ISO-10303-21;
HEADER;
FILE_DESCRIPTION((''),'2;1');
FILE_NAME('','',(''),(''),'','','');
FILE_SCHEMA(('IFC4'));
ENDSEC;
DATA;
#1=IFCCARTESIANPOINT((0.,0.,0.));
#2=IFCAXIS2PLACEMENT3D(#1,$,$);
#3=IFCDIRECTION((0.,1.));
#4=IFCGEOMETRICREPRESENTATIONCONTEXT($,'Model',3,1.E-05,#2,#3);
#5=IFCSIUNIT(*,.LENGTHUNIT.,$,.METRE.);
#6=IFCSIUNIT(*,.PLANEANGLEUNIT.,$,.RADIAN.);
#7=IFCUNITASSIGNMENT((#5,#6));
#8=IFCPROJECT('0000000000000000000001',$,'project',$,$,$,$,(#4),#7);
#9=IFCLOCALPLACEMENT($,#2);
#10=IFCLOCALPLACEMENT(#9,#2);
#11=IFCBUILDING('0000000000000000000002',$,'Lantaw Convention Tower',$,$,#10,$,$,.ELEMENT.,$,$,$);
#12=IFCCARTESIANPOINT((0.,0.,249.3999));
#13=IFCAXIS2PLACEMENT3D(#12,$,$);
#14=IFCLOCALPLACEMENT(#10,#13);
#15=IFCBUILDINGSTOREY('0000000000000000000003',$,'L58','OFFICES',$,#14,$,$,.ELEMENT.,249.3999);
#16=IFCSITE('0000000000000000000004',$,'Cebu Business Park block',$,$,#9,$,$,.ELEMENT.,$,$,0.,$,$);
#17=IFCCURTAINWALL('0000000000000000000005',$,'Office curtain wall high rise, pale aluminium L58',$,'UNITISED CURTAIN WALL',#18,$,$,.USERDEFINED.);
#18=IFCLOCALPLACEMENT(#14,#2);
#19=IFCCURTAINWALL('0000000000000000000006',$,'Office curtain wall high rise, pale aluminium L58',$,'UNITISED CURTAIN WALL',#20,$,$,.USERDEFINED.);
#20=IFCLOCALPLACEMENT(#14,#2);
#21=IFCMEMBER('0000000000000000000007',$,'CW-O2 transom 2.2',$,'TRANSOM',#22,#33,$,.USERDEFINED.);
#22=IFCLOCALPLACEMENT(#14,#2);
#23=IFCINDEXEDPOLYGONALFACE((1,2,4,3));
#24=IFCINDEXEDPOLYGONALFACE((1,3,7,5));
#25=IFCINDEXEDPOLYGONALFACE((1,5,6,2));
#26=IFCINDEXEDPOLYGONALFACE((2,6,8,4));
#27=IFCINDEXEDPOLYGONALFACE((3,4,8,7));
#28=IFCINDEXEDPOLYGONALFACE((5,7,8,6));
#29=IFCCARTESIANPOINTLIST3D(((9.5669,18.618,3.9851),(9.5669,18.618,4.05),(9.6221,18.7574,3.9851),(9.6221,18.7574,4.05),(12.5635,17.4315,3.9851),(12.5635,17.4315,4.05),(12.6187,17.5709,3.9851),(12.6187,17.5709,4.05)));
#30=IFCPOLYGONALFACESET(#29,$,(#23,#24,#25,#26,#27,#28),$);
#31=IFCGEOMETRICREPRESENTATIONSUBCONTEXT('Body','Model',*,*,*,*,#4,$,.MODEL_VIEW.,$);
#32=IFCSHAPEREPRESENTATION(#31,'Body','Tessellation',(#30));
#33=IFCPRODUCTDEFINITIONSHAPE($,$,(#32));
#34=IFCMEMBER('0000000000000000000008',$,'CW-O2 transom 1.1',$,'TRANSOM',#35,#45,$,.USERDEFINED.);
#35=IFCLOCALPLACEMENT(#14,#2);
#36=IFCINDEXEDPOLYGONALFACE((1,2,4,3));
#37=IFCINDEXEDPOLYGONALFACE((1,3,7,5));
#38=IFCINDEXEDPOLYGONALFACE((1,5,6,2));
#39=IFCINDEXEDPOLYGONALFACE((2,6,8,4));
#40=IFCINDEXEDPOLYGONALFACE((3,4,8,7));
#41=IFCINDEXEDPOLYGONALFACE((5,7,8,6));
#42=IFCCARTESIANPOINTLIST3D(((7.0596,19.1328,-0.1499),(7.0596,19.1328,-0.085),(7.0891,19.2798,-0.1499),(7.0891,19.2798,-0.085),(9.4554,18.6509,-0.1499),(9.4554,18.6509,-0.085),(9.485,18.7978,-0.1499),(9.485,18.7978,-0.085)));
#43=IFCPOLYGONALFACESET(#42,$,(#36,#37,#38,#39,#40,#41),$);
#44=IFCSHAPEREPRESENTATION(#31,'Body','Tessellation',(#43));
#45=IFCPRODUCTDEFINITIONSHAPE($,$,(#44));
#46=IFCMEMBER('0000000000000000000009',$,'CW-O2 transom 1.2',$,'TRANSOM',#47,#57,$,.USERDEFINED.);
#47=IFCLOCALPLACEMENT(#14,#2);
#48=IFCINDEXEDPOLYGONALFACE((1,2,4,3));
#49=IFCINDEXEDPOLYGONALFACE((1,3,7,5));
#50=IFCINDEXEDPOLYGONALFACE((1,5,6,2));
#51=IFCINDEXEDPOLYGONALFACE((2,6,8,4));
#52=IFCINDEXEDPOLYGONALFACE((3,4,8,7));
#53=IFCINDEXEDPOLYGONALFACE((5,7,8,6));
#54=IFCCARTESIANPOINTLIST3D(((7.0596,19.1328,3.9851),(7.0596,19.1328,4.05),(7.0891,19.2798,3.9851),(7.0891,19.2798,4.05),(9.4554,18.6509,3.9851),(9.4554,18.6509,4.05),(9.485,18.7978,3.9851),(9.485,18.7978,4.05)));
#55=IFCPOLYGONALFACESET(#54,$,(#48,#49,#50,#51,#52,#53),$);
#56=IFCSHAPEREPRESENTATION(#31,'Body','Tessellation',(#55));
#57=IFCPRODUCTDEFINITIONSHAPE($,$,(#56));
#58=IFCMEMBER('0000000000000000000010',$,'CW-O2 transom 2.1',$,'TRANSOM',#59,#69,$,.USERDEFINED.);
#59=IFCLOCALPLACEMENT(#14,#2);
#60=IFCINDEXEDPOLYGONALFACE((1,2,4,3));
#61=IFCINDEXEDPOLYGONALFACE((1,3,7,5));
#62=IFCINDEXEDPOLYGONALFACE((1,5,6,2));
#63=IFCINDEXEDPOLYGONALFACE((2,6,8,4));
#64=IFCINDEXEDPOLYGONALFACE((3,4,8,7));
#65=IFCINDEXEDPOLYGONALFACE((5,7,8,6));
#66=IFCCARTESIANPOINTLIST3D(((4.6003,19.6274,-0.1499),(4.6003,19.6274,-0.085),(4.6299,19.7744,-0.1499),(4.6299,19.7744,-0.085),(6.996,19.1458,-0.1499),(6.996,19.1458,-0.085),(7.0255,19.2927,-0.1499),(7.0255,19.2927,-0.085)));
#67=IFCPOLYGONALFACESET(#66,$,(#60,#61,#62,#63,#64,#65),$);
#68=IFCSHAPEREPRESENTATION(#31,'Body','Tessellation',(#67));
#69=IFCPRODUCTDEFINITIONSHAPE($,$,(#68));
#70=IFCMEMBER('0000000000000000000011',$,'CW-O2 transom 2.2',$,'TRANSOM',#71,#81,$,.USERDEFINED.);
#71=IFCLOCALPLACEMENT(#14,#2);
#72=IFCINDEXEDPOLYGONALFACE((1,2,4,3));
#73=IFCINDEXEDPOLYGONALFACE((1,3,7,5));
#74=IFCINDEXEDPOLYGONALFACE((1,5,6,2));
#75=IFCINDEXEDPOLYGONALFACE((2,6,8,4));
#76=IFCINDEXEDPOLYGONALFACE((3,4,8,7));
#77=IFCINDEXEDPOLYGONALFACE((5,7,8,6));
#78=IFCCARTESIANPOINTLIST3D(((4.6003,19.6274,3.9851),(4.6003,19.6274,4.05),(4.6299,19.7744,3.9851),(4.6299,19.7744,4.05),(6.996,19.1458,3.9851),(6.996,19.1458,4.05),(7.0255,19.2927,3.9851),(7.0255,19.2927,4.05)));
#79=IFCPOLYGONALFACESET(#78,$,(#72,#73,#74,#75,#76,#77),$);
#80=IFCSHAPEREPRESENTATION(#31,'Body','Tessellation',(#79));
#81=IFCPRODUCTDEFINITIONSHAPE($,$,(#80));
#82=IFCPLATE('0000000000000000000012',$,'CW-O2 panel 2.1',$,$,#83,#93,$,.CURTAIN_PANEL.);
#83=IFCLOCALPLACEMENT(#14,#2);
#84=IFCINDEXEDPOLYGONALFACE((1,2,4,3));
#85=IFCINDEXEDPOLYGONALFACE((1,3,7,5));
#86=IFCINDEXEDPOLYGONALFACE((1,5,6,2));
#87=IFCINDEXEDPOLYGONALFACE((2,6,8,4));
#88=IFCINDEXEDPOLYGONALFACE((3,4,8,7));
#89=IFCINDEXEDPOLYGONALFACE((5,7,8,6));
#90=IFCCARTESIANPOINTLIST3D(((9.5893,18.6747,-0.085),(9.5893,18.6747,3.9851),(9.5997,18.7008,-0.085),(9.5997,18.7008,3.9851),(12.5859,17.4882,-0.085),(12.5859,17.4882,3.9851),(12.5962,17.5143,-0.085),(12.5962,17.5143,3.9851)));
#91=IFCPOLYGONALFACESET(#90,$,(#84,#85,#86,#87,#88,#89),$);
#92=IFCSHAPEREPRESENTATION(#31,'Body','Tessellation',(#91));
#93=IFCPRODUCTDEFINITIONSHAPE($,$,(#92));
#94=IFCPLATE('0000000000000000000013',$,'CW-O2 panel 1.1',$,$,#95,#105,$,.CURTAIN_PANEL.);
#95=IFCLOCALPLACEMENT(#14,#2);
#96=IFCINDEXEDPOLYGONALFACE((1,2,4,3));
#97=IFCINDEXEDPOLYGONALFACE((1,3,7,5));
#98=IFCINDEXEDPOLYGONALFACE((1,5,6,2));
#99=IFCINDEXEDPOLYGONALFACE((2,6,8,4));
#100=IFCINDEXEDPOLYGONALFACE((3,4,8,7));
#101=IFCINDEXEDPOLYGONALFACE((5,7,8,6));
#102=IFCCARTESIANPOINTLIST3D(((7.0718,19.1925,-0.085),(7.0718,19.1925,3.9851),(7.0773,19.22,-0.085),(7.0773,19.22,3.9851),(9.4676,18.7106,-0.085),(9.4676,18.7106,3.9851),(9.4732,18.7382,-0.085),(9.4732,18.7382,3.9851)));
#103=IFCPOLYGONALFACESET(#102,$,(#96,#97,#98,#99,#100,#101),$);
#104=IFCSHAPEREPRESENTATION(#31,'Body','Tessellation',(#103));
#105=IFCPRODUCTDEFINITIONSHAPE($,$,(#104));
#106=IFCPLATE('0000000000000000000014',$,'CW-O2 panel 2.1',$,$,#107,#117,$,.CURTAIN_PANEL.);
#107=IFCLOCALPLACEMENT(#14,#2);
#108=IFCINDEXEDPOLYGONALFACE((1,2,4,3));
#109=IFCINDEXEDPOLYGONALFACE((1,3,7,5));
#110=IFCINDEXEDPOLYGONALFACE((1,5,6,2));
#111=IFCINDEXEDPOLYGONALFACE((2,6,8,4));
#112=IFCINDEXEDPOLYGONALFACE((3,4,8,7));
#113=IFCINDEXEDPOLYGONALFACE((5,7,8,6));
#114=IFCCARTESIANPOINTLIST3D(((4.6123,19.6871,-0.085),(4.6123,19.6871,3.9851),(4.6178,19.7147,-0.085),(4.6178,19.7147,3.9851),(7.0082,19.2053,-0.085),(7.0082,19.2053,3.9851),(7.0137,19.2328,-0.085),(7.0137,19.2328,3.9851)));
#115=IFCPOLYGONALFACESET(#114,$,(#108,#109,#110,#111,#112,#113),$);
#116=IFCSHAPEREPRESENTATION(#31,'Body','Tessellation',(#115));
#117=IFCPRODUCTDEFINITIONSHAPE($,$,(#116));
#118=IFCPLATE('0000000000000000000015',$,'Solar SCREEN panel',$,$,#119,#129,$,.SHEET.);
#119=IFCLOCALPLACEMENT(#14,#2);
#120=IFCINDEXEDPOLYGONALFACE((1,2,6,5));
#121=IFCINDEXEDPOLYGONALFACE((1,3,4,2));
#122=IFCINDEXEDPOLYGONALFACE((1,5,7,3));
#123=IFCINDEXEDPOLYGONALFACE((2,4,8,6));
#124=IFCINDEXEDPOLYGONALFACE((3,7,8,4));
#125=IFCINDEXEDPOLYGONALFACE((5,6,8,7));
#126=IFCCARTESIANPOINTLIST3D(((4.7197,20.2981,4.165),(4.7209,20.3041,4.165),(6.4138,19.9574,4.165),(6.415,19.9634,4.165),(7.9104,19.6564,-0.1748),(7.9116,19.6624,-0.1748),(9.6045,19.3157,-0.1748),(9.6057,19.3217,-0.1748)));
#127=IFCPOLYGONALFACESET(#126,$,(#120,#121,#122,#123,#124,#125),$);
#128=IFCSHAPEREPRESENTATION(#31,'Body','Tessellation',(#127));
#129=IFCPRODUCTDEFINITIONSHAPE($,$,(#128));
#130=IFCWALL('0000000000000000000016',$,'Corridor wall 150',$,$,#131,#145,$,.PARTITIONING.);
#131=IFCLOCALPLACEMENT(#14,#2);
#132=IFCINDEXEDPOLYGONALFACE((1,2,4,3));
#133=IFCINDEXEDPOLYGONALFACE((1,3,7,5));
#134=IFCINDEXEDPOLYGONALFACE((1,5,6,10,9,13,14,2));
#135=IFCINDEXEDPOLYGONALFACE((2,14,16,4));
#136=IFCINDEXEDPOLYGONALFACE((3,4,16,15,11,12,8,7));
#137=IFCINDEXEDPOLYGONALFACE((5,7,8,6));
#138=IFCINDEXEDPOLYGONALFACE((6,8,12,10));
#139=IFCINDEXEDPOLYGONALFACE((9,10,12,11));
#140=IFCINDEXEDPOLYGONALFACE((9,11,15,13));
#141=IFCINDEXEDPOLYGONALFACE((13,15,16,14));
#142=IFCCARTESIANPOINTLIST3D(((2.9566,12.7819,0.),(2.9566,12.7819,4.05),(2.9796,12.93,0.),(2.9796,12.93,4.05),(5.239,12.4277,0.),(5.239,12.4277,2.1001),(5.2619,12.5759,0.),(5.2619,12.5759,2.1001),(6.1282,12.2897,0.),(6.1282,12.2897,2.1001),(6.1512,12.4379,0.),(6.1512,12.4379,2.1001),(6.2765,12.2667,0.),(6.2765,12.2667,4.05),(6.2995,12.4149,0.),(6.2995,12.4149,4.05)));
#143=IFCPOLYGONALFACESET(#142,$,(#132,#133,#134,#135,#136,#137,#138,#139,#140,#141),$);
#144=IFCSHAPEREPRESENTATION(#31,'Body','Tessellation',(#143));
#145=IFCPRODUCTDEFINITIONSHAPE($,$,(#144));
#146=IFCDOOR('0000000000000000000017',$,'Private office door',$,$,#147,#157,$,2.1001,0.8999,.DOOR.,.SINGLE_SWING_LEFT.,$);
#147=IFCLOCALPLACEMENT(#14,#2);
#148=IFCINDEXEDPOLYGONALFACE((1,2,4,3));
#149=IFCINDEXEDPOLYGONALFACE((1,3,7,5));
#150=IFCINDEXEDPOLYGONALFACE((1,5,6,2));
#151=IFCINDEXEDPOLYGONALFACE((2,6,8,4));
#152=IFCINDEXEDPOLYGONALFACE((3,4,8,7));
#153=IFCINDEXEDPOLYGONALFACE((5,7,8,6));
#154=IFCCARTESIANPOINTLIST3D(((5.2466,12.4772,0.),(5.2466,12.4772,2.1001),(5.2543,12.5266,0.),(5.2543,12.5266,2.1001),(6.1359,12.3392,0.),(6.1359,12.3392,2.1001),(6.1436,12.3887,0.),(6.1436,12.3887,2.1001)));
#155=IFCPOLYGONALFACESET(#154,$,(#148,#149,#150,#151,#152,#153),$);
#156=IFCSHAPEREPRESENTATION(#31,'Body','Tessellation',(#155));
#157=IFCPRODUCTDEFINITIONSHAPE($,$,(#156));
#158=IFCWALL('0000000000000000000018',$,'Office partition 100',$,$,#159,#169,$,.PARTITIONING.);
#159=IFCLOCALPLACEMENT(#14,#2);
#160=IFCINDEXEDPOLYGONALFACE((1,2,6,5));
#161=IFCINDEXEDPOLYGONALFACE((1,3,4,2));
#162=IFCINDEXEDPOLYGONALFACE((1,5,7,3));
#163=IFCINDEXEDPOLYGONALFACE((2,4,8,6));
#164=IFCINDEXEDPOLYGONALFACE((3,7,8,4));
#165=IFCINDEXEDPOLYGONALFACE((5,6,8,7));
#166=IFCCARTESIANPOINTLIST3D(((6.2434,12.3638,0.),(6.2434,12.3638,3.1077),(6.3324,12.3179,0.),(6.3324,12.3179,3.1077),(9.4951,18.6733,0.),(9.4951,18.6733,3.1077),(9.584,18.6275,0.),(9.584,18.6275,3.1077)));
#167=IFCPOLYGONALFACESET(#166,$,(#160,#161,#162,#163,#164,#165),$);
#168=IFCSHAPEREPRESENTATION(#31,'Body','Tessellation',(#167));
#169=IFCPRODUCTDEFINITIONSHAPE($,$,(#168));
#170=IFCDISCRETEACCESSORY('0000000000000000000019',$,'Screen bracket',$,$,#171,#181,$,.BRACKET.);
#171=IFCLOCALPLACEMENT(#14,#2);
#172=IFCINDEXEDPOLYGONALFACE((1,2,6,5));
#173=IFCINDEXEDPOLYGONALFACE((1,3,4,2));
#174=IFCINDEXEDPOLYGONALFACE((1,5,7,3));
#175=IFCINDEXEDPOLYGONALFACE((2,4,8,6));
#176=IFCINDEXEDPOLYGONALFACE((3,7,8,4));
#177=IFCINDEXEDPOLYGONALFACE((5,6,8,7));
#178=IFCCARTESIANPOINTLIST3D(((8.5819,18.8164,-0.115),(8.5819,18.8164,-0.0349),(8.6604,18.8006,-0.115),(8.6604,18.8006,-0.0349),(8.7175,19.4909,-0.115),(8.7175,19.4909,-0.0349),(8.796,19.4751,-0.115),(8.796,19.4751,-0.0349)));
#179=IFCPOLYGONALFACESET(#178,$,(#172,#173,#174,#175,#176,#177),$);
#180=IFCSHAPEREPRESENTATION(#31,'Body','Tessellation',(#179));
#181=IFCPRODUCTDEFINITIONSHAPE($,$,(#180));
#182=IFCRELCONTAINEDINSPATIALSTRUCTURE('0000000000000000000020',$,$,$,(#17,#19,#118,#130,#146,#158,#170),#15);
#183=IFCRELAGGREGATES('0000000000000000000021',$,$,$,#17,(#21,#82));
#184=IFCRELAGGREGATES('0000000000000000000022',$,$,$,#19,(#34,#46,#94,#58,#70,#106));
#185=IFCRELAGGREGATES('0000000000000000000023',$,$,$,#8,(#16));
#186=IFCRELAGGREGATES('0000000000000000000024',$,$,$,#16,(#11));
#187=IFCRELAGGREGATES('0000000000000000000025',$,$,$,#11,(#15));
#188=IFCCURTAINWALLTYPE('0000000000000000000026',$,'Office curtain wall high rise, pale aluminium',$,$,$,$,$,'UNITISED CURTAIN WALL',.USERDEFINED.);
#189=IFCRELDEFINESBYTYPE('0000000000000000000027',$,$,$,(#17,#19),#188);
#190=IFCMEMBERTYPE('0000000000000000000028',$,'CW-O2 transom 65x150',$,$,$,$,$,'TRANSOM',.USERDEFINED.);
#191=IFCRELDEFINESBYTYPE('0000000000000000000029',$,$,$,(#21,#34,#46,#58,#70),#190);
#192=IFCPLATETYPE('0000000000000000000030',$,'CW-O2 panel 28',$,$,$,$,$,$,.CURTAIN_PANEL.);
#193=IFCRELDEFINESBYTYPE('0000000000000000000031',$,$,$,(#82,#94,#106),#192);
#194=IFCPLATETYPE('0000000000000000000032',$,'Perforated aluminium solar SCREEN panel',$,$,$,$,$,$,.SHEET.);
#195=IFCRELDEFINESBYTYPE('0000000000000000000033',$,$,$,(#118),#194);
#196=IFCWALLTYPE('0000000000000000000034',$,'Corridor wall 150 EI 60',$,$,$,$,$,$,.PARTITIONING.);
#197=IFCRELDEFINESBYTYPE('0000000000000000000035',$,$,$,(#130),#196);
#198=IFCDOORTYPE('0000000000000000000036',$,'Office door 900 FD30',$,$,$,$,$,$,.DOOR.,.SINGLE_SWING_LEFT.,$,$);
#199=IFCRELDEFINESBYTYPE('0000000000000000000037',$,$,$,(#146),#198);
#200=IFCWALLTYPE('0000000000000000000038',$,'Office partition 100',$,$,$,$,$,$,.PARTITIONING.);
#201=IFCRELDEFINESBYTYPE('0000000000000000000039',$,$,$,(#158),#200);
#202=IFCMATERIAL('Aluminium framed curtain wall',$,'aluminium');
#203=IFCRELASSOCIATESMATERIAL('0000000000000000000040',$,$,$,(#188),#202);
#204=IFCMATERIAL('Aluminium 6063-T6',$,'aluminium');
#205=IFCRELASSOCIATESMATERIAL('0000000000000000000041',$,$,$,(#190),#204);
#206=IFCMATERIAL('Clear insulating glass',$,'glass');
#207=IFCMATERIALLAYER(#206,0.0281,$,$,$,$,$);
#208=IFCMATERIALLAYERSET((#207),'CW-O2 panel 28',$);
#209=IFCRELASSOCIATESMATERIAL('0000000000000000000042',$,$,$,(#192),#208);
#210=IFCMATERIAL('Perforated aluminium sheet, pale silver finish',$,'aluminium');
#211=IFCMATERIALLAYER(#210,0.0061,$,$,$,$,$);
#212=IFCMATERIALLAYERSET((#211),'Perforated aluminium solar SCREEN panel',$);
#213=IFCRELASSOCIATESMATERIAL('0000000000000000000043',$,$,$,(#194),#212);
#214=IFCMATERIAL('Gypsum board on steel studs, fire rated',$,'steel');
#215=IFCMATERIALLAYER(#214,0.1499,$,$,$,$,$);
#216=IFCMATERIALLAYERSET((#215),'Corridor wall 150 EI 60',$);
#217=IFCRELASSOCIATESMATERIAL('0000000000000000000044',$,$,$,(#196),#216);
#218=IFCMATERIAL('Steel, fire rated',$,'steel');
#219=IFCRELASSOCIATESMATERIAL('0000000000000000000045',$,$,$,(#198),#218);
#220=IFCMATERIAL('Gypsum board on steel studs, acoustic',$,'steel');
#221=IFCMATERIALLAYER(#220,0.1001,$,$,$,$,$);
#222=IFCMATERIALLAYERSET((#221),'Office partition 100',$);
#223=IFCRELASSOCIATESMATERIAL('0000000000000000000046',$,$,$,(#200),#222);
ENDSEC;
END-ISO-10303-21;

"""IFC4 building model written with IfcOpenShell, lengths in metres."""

from ifc_helpers import new_model, si_unit, direction, frame, frame_2d, origin, origin_2d, place, context, subcontext, project, spatial, polyline, rectangle, outline, extrude, material, layer, layer_set, material_profile, profile_set, type_object, element, fill, aggregate, save


model = new_model("IFC4")

# Units and contexts
model_context = context("Model", 3, precision=1e-05, world=origin(), true_north=direction((0.0, 1.0)))
body_context = subcontext(model_context, "Body", "Model", "MODEL_VIEW")
ifc_project = project(units=[si_unit("LENGTHUNIT", "METRE"), si_unit("PLANEANGLEUNIT", "RADIAN")], contexts=[model_context])

# Site, building, storey
site_placement = place(None, origin())
site = spatial("IfcSite", under=ifc_project, at=site_placement, Name="Cebu Business Park block", CompositionType="ELEMENT", RefElevation=0.0)
building_placement = place(site_placement, origin())
building = spatial("IfcBuilding", under=site, at=building_placement, Name="Lantaw Convention Tower", CompositionType="ELEMENT")
storey_placement = place(building_placement, frame((0.0, 0.0, 249.3999)))
storey = spatial("IfcBuildingStorey", under=building, at=storey_placement, Name="L58", Description="OFFICES", CompositionType="ELEMENT", Elevation=249.3999)

# Curtain walls
ifc_material_1 = material(Name="Aluminium framed curtain wall", Category="aluminium")
curtain_wall_type = type_object("IfcCurtainWallType", Name="Office curtain wall high rise, pale aluminium", ElementType="UNITISED CURTAIN WALL", PredefinedType="USERDEFINED", material=ifc_material_1)
curtain_wall_1_placement = place(storey_placement, origin())
curtain_wall_1 = element("IfcCurtainWall", 1, at=curtain_wall_1_placement, inside=storey, type_object=curtain_wall_type, Name="Office curtain wall high rise, pale aluminium L58", ObjectType="UNITISED CURTAIN WALL", PredefinedType="USERDEFINED")
ifc_material_2 = material(Name="Aluminium 6063-T6", Category="aluminium")
curtain_wall_2_placement = place(storey_placement, origin())
curtain_wall_2 = element("IfcCurtainWall", 2, at=curtain_wall_2_placement, inside=storey, type_object=curtain_wall_type, Name="Office curtain wall high rise, pale aluminium L58", ObjectType="UNITISED CURTAIN WALL", PredefinedType="USERDEFINED")

# Members
ifc_material_profile_1 = material_profile(ifc_material_2, rectangle(XDim=0.1499, YDim=0.0649, at=origin_2d()), Name="CW-O2 transom 65x150")
ifc_profile_set_1 = profile_set([ifc_material_profile_1], Name="Aluminium 6063-T6")
member_type_1 = type_object("IfcMemberType", Name="CW-O2 transom 65x150", ElementType="TRANSOM", PredefinedType="USERDEFINED", material=ifc_profile_set_1)
member_1_placement = place(storey_placement, frame((12.5911, 17.5012, 4.0176), z_axis=(-0.929767, 0.368149, 0.0), x_axis=(-0.368149, -0.929767, 0.0)))
member_1 = element("IfcMember", 3, at=member_1_placement, type_object=member_type_1, Name="CW-O2 transom 2.2", ObjectType="TRANSOM", PredefinedType="USERDEFINED", context=body_context, shape_type="SweptSolid", body=[
    extrude(rectangle(XDim=0.1499, YDim=0.0649, at=origin_2d()), origin(), (0.0, 0.0, 1.0), 3.2229),
])
member_2_placement = place(storey_placement, frame((9.4702, 18.7244, -0.1174), z_axis=(-0.980361, 0.197211, 0.0), x_axis=(-0.197211, -0.980361, 0.0)))
member_2 = element("IfcMember", 4, at=member_2_placement, type_object=member_type_1, Name="CW-O2 transom 1.1", ObjectType="TRANSOM", PredefinedType="USERDEFINED", context=body_context, shape_type="SweptSolid", body=[
    extrude(rectangle(XDim=0.1499, YDim=0.0649, at=origin_2d()), origin(), (0.0, 0.0, 1.0), 2.4438),
])
member_3_placement = place(storey_placement, frame((9.4702, 18.7244, 4.0176), z_axis=(-0.980361, 0.197211, 0.0), x_axis=(-0.197211, -0.980361, 0.0)))
member_3 = element("IfcMember", 5, at=member_3_placement, type_object=member_type_1, Name="CW-O2 transom 1.2", ObjectType="TRANSOM", PredefinedType="USERDEFINED", context=body_context, shape_type="SweptSolid", body=[
    extrude(rectangle(XDim=0.1499, YDim=0.0649, at=origin_2d()), origin(), (0.0, 0.0, 1.0), 2.4438),
])
member_4_placement = place(storey_placement, frame((7.0107, 19.2192, -0.1174), z_axis=(-0.98038, 0.197115, 0.0), x_axis=(-0.197115, -0.98038, 0.0)))
member_4 = element("IfcMember", 6, at=member_4_placement, type_object=member_type_1, Name="CW-O2 transom 2.1", ObjectType="TRANSOM", PredefinedType="USERDEFINED", context=body_context, shape_type="SweptSolid", body=[
    extrude(rectangle(XDim=0.1499, YDim=0.0649, at=origin_2d()), origin(), (0.0, 0.0, 1.0), 2.4436),
])
member_5_placement = place(storey_placement, frame((7.0107, 19.2192, 4.0176), z_axis=(-0.98038, 0.197115, 0.0), x_axis=(-0.197115, -0.98038, 0.0)))
member_5 = element("IfcMember", 7, at=member_5_placement, type_object=member_type_1, Name="CW-O2 transom 2.2", ObjectType="TRANSOM", PredefinedType="USERDEFINED", context=body_context, shape_type="SweptSolid", body=[
    extrude(rectangle(XDim=0.1499, YDim=0.0649, at=origin_2d()), origin(), (0.0, 0.0, 1.0), 2.4436),
])

# Plates
ifc_material_3 = material(Name="Clear insulating glass", Category="glass")
ifc_layer_1 = layer(ifc_material_3, 0.0281)
ifc_layer_set_1 = layer_set([ifc_layer_1], Name="CW-O2 panel 28")
plate_type_1 = type_object("IfcPlateType", Name="CW-O2 panel 28", PredefinedType="CURTAIN_PANEL", material=ifc_layer_set_1)
plate_1_placement = place(storey_placement, frame((11.0928, 18.0945, -0.085), z_axis=(0.0, 0.0, 1.0), x_axis=(-0.929762, 0.368162, 0.0)))
plate_1 = element("IfcPlate", 8, at=plate_1_placement, type_object=plate_type_1, Name="CW-O2 panel 2.1", PredefinedType="CURTAIN_PANEL", context=body_context, shape_type="SweptSolid", body=[
    extrude(rectangle(XDim=3.2229, YDim=0.0281, at=origin_2d()), origin(), (0.0, 0.0, 1.0), 4.0701),
])
aggregate(curtain_wall_1, [member_1, plate_1])
plate_2_placement = place(storey_placement, frame((8.2725, 18.9653, -0.085), z_axis=(0.0, 0.0, 1.0), x_axis=(-0.980367, 0.197183, 0.0)))
plate_2 = element("IfcPlate", 9, at=plate_2_placement, type_object=plate_type_1, Name="CW-O2 panel 1.1", PredefinedType="CURTAIN_PANEL", context=body_context, shape_type="SweptSolid", body=[
    extrude(rectangle(XDim=2.4438, YDim=0.0281, at=origin_2d()), origin(), (0.0, 0.0, 1.0), 4.0701),
])
plate_3_placement = place(storey_placement, frame((5.813, 19.46, -0.085), z_axis=(0.0, 0.0, 1.0), x_axis=(-0.980367, 0.197183, 0.0)))
plate_3 = element("IfcPlate", 10, at=plate_3_placement, type_object=plate_type_1, Name="CW-O2 panel 2.1", PredefinedType="CURTAIN_PANEL", context=body_context, shape_type="SweptSolid", body=[
    extrude(rectangle(XDim=2.4438, YDim=0.0281, at=origin_2d()), origin(), (0.0, 0.0, 1.0), 4.0701),
])
aggregate(curtain_wall_2, [member_2, member_3, plate_2, member_4, member_5, plate_3])
ifc_material_4 = material(Name="Perforated aluminium sheet, pale silver finish", Category="aluminium")
ifc_layer_2 = layer(ifc_material_4, 0.0061)
ifc_layer_set_2 = layer_set([ifc_layer_2], Name="Perforated aluminium solar SCREEN panel")
plate_type_2 = type_object("IfcPlateType", Name="Perforated aluminium solar SCREEN panel", PredefinedType="SHEET", material=ifc_layer_set_2)
plate_4_placement = place(storey_placement, frame((9.6045, 19.3157, -0.1748), z_axis=(-0.197162, -0.980371, 0.000011), x_axis=(-0.980371, 0.197162, 0.0)))
element("IfcPlate", 11, at=plate_4_placement, inside=storey, type_object=plate_type_2, Name="Solar SCREEN panel", PredefinedType="SHEET", context=body_context, shape_type="SweptSolid", body=[
    extrude(outline(polyline([(0.0, 0.0), (1.728, 0.0), (4.9826, -4.3398), (3.2545, -4.3398), (0.0, 0.0)])), origin(), (0.0, 0.0, -1.0), 0.0061),
])

# Wall, opening, door
ifc_material_5 = material(Name="Gypsum board on steel studs, fire rated", Category="steel")
ifc_layer_3 = layer(ifc_material_5, 0.1499)
ifc_layer_set_3 = layer_set([ifc_layer_3], Name="Corridor wall 150 EI 60")
wall_type_1 = type_object("IfcWallType", Name="Corridor wall 150 EI 60", PredefinedType="PARTITIONING", material=ifc_layer_set_3)
wall_1_placement = place(storey_placement, frame((6.2878, 12.3408, 0.0), z_axis=(0.0, 0.0, 1.0), x_axis=(-0.988174, 0.153335, 0.0)))
wall_1 = element("IfcWall", 12, at=wall_1_placement, inside=storey, type_object=wall_type_1, Name="Corridor wall 150", PredefinedType="PARTITIONING", context=body_context, shape_type="SweptSolid", body=[
    extrude(rectangle(XDim=3.3596, YDim=0.1499, at=frame_2d((1.6797, 0.0))), origin(), (0.0, 0.0, 1.0), 4.05),
])
opening_placement = place(wall_1_placement, frame((0.1499, 0.0, 0.0)))
opening = element("IfcOpeningElement", 13, at=opening_placement, cuts=wall_1, PredefinedType="OPENING", context=body_context, shape_type="SweptSolid", body=[
    extrude(rectangle(XDim=0.8999, YDim=2.1001, at=frame_2d((0.45, 1.05))), frame((0.0, 0.085, 0.0), z_axis=(0.0, -1.0, 0.0), x_axis=(1.0, 0.0, 0.0)), (0.0, 0.0, 1.0), 0.1699),
])
ifc_material_6 = material(Name="Steel, fire rated", Category="steel")
door_type = type_object("IfcDoorType", Name="Office door 900 FD30", OperationType="SINGLE_SWING_LEFT", PredefinedType="DOOR", material=ifc_material_6)
door_placement = place(opening_placement, origin())
door = element("IfcDoor", 14, at=door_placement, inside=storey, type_object=door_type, Name="Private office door", OperationType="SINGLE_SWING_LEFT", OverallHeight=2.1001, OverallWidth=0.8999, PredefinedType="DOOR", context=body_context, shape_type="SweptSolid", body=[
    extrude(rectangle(XDim=0.8999, YDim=2.1001, at=frame_2d((0.45, 1.05))), frame((0.0, 0.0249, 0.0), z_axis=(0.0, -1.0, 0.0), x_axis=(1.0, 0.0, 0.0)), (0.0, 0.0, 1.0), 0.05),
])
fill(opening, door)

# Wall
ifc_material_7 = material(Name="Gypsum board on steel studs, acoustic", Category="steel")
ifc_layer_4 = layer(ifc_material_7, 0.1001)
ifc_layer_set_4 = layer_set([ifc_layer_4], Name="Office partition 100")
wall_type_2 = type_object("IfcWallType", Name="Office partition 100", PredefinedType="PARTITIONING", material=ifc_layer_set_4)
wall_2_placement = place(storey_placement, frame((9.5396, 18.6504, 0.0), z_axis=(0.0, 0.0, 1.0), x_axis=(-0.458104, -0.888899, 0.0)))
element("IfcWall", 15, at=wall_2_placement, inside=storey, type_object=wall_type_2, Name="Office partition 100", PredefinedType="PARTITIONING", context=body_context, shape_type="SweptSolid", body=[
    extrude(rectangle(XDim=7.0981, YDim=0.1001, at=frame_2d((3.5491, 0.0))), origin(), (0.0, 0.0, 1.0), 3.1077),
])

# Discrete accessory
discrete_accessory_placement = place(storey_placement, frame((8.689, 19.1458, -0.115), z_axis=(0.0, 0.0, 1.0), x_axis=(-0.980367, 0.197183, 0.0)))
element("IfcDiscreteAccessory", 16, at=discrete_accessory_placement, inside=storey, Name="Screen bracket", PredefinedType="BRACKET", context=body_context, shape_type="SweptSolid", body=[
    extrude(rectangle(XDim=0.0801, YDim=0.688, at=origin_2d()), origin(), (0.0, 0.0, 1.0), 0.0801),
])

save(model, "model.ifc")
